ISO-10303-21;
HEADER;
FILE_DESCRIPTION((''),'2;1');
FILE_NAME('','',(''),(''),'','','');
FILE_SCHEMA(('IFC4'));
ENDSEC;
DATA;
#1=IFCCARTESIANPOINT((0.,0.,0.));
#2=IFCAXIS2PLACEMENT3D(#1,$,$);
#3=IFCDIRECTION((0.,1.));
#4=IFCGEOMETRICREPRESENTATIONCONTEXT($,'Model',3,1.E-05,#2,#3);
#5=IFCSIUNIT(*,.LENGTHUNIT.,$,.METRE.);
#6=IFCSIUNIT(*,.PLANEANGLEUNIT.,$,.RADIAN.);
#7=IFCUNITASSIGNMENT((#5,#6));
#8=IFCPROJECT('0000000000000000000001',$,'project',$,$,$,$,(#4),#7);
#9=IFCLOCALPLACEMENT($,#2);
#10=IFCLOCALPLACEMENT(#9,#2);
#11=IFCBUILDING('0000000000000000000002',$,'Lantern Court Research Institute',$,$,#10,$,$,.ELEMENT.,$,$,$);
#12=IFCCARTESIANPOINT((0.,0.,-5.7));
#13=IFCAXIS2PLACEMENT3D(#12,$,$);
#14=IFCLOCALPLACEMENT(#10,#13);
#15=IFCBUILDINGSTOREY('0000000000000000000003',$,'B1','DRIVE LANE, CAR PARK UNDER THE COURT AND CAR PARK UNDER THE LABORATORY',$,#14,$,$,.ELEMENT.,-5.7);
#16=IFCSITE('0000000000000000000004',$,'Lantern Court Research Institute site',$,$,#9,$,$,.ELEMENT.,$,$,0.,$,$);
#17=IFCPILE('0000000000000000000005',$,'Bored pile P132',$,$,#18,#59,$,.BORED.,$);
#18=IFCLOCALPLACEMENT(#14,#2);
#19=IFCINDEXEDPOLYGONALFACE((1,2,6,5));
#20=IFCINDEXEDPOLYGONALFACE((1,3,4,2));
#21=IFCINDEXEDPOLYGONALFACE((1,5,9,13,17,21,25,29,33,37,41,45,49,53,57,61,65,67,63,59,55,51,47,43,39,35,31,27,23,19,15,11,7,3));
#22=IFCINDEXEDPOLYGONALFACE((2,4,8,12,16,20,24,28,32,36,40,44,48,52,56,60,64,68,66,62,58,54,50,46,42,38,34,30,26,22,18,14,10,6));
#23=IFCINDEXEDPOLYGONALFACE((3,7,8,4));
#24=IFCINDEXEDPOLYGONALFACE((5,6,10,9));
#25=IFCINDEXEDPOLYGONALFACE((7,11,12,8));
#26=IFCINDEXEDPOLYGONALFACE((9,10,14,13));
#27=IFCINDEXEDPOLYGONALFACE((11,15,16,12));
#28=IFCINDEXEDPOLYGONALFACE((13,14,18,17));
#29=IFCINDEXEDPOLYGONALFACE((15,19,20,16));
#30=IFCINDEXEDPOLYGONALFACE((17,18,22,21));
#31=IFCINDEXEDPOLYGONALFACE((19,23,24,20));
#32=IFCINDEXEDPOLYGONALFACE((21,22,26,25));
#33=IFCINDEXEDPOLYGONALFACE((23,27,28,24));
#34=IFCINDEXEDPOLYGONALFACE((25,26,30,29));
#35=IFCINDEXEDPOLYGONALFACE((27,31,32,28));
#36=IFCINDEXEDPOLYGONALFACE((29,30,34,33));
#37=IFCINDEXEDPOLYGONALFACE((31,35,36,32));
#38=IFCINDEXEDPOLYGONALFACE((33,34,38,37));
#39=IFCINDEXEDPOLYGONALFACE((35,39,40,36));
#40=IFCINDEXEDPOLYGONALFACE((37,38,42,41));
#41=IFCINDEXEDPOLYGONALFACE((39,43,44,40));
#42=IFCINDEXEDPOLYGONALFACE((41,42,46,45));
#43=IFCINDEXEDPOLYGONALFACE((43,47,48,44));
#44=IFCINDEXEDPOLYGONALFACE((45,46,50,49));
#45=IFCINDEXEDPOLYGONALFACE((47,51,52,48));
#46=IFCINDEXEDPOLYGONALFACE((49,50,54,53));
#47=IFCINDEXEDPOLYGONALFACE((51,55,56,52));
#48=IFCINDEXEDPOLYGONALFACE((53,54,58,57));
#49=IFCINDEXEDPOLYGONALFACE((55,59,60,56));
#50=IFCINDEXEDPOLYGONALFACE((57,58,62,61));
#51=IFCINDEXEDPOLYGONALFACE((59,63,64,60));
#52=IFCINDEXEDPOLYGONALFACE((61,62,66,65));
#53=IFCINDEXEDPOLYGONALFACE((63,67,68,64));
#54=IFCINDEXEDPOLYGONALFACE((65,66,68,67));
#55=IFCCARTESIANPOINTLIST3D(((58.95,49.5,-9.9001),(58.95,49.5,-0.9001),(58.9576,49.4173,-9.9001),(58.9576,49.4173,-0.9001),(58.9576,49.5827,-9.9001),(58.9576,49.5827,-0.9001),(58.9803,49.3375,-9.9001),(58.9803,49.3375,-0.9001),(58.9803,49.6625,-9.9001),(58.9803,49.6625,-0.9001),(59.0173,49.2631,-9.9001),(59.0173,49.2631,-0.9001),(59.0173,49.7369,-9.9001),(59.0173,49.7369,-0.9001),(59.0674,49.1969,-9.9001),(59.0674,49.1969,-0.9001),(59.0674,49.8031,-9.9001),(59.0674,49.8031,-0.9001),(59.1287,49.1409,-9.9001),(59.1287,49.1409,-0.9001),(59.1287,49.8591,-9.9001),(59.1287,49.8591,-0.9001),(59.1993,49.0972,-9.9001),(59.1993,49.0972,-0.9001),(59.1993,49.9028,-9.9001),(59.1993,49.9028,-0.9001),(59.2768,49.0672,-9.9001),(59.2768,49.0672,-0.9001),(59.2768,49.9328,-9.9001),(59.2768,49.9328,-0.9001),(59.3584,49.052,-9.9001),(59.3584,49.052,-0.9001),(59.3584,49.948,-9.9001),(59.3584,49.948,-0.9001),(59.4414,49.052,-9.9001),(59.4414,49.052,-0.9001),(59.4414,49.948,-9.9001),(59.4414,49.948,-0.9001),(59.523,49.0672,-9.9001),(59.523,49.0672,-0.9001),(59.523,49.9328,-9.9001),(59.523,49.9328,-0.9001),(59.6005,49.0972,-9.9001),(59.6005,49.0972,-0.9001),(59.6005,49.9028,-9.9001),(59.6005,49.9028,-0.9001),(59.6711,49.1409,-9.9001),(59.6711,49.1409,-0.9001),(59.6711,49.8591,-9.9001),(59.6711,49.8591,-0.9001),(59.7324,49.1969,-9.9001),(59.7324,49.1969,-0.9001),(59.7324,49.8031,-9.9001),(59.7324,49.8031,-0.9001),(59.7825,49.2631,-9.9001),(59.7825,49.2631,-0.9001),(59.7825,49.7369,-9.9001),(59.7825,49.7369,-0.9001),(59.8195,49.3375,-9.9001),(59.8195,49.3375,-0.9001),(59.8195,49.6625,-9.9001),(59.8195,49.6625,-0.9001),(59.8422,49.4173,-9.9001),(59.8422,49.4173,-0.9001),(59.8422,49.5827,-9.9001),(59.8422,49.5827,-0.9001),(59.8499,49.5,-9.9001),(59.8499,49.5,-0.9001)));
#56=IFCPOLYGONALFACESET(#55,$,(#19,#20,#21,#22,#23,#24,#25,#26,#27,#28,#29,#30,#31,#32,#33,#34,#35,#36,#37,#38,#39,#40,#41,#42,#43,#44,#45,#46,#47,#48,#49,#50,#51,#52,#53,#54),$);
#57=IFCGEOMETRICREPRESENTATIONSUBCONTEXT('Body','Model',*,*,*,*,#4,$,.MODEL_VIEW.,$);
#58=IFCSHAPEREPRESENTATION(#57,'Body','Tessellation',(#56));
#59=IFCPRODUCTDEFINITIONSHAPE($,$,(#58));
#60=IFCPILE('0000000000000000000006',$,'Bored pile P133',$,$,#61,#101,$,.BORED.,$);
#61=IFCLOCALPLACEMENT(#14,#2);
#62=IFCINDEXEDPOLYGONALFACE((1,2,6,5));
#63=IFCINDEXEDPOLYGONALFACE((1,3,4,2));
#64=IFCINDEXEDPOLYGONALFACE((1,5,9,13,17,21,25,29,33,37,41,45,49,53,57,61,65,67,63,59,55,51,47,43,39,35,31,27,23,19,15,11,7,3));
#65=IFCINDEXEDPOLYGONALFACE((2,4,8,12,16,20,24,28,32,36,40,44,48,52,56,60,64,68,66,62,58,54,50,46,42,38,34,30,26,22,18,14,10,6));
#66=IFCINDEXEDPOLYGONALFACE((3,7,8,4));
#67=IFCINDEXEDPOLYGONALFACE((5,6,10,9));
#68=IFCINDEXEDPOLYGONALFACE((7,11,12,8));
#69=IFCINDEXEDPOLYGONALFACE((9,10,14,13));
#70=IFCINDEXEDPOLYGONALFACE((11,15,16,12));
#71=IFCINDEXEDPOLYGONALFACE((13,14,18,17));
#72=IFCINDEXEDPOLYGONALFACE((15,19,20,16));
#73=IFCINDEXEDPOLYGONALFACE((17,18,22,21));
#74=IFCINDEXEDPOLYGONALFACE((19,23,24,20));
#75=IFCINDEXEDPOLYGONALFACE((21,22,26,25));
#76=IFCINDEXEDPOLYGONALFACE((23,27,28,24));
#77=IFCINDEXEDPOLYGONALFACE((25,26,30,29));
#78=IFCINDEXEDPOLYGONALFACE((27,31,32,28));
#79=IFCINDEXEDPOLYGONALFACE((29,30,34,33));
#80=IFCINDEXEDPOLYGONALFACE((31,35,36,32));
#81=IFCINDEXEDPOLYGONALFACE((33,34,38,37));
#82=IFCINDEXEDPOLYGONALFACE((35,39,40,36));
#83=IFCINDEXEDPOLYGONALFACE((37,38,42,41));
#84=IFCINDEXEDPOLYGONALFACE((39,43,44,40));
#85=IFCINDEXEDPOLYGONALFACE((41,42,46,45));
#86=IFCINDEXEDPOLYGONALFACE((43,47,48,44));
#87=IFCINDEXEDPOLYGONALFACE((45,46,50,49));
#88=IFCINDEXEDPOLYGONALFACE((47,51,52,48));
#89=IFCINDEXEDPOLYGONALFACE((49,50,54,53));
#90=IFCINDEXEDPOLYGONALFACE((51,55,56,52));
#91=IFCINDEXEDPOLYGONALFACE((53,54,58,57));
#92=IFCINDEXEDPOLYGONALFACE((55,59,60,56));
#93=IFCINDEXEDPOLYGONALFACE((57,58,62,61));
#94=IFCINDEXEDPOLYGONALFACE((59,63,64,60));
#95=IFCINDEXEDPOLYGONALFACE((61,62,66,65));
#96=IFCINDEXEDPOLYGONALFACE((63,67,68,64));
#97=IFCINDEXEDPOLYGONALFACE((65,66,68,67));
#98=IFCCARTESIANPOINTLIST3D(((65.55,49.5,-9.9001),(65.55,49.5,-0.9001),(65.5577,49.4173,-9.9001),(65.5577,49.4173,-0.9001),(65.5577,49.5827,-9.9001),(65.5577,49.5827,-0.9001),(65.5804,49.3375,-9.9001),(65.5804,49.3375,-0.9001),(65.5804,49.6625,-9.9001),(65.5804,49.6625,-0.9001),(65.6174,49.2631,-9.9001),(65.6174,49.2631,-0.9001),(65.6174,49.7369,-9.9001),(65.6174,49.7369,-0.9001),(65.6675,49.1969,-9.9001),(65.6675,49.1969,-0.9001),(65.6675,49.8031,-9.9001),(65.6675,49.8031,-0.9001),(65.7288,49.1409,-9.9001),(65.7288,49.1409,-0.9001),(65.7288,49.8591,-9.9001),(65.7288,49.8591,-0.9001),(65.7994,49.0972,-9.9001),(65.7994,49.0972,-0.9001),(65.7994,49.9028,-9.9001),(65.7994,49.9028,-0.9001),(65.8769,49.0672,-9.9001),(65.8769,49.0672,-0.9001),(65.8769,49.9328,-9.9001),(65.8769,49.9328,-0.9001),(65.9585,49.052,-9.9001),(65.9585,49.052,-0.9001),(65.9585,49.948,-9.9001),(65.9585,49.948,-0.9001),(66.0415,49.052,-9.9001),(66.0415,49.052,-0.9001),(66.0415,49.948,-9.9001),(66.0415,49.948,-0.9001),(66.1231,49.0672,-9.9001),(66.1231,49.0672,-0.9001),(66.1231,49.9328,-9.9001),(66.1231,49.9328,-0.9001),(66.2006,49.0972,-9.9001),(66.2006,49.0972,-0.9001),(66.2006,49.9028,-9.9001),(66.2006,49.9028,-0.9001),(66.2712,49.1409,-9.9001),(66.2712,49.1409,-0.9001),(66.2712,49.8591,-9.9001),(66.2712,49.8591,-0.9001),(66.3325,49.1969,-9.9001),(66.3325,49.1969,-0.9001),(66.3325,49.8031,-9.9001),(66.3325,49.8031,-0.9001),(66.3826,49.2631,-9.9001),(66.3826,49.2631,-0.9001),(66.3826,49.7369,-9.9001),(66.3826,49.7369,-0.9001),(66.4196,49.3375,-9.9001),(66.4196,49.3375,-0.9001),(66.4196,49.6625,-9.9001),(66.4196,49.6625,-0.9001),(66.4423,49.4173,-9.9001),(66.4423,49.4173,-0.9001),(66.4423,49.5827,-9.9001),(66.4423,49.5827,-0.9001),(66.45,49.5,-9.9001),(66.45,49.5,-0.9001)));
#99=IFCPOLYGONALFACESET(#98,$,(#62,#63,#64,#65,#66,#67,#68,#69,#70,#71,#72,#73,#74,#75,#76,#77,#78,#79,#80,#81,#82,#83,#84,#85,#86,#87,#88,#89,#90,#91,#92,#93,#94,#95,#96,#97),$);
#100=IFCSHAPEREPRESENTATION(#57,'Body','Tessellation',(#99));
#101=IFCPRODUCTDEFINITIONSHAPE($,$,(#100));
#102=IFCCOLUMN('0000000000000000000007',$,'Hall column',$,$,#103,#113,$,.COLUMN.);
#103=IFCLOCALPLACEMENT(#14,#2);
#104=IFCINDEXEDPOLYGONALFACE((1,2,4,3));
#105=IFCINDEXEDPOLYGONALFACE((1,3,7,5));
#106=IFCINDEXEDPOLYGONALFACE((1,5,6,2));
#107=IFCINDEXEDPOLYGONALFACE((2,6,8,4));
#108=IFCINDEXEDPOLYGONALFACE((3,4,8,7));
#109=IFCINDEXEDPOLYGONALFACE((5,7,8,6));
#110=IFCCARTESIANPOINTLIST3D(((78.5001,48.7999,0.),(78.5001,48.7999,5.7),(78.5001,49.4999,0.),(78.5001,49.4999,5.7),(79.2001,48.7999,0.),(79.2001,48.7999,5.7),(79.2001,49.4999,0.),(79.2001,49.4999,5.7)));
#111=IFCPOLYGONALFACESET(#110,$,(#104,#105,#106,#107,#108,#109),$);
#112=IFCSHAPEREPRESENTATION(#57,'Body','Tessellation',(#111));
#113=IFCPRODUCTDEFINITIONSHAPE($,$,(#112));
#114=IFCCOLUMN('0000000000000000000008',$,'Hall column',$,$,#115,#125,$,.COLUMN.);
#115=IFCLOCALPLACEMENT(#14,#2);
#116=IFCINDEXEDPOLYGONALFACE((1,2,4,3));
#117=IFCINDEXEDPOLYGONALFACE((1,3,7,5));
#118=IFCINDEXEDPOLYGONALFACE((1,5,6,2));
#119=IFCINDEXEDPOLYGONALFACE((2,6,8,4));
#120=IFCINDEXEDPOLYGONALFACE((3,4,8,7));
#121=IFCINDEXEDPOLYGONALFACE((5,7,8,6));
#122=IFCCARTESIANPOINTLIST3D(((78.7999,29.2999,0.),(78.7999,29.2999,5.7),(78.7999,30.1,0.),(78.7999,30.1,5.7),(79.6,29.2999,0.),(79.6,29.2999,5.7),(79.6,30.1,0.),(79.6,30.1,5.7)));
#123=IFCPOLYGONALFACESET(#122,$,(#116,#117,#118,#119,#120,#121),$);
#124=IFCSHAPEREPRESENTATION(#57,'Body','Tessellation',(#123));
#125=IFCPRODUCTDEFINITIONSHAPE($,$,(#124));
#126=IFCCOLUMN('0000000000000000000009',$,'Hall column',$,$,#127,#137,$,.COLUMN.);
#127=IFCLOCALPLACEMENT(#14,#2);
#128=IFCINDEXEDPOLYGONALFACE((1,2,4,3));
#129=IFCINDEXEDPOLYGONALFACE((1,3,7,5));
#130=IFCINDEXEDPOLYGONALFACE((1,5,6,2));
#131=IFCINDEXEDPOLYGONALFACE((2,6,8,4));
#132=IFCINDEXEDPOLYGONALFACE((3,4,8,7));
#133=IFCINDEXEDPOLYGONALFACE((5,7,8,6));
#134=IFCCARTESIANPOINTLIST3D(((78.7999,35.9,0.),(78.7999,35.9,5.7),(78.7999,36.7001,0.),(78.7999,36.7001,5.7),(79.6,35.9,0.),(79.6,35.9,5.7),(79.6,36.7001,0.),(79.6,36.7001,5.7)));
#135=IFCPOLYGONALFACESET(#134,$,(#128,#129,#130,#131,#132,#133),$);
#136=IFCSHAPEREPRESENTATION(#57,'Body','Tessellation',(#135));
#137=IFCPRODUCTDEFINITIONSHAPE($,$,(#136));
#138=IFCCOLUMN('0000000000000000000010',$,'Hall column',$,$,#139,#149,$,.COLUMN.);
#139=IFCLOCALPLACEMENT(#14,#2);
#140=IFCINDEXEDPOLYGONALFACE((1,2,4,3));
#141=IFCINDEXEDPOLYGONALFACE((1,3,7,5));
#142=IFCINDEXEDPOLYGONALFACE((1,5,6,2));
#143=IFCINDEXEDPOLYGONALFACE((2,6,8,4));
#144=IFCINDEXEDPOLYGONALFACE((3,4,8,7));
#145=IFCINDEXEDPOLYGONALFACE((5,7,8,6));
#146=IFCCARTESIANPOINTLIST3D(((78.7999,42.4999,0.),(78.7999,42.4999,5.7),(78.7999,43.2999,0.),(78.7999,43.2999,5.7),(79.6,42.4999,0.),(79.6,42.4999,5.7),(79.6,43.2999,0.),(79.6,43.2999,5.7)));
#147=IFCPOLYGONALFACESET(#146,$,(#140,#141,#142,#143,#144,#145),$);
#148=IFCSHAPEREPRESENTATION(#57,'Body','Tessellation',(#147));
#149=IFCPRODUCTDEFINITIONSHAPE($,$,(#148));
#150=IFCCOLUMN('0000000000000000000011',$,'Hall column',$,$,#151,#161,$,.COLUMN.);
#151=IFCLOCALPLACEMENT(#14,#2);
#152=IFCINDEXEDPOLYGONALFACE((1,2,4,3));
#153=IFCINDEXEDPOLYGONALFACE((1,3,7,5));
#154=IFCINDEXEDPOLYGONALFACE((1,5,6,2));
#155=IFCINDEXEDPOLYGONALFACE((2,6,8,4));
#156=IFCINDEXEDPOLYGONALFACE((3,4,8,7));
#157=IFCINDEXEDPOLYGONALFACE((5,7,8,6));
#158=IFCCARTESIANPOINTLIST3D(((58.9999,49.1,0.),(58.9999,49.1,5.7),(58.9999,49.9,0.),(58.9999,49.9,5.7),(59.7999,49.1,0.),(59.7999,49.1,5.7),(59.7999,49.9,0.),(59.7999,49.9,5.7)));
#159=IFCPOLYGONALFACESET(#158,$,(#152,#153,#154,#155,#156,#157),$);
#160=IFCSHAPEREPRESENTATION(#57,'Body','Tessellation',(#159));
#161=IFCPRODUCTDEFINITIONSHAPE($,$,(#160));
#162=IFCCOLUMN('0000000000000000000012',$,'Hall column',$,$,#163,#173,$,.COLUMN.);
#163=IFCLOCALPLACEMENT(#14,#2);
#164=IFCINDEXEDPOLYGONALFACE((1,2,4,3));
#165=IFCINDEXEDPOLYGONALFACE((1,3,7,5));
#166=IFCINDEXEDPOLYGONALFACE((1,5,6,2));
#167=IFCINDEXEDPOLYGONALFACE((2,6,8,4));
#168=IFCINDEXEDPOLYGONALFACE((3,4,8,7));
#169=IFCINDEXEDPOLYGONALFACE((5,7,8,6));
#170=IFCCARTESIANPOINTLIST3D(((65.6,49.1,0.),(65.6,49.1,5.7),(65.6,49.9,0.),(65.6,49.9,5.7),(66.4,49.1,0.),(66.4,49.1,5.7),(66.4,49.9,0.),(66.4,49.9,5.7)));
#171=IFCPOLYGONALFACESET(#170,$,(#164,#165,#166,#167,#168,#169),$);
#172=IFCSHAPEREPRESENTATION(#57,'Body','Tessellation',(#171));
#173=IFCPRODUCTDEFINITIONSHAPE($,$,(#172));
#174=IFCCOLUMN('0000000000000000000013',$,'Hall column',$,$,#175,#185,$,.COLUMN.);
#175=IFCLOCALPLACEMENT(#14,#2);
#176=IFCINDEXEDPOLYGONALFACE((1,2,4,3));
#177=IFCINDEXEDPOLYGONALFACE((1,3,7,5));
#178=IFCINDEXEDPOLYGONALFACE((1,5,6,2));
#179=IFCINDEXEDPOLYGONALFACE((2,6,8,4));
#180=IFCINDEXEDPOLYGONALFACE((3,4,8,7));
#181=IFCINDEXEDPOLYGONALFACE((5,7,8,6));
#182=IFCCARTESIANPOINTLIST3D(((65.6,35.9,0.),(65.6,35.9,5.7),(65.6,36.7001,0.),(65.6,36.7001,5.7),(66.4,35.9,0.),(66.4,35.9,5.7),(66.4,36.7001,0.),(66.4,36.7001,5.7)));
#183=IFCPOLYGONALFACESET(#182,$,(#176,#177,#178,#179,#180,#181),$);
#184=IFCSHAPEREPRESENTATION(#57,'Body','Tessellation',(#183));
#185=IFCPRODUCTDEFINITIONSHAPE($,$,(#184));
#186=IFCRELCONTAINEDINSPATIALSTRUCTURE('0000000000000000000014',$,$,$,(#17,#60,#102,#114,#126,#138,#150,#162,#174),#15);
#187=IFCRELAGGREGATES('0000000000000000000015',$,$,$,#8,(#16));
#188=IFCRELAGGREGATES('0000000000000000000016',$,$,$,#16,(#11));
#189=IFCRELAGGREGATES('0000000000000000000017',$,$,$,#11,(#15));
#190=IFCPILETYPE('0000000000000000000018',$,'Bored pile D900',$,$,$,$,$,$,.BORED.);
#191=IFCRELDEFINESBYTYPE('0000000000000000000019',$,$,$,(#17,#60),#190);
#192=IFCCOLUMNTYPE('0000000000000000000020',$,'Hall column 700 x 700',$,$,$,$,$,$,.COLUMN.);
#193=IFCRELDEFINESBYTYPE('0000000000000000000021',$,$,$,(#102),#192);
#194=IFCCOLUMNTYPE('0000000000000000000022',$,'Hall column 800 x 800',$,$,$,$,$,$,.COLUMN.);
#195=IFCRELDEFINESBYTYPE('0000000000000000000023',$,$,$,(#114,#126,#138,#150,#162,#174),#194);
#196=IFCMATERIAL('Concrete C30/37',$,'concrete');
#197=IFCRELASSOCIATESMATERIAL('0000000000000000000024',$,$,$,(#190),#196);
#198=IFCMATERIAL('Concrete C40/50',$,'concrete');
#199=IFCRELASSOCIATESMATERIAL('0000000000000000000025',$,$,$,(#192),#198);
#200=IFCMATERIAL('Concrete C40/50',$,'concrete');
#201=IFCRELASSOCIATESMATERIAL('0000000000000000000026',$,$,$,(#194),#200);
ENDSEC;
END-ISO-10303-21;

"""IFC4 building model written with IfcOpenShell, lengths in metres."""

from ifc_helpers import new_model, si_unit, direction, frame, origin, origin_2d, place, context, subcontext, project, spatial, rectangle, circle, extrude, material, material_profile, profile_set, type_object, element, save


model = new_model("IFC4")

# Units and contexts
model_context = context("Model", 3, precision=1e-05, world=origin(), true_north=direction((0.0, 1.0)))
body_context = subcontext(model_context, "Body", "Model", "MODEL_VIEW")
ifc_project = project(units=[si_unit("LENGTHUNIT", "METRE"), si_unit("PLANEANGLEUNIT", "RADIAN")], contexts=[model_context])

# Site, building, storey
site_placement = place(None, origin())
site = spatial("IfcSite", under=ifc_project, at=site_placement, Name="Lantern Court Research Institute site", CompositionType="ELEMENT", RefElevation=0.0)
building_placement = place(site_placement, origin())
building = spatial("IfcBuilding", under=site, at=building_placement, Name="Lantern Court Research Institute", CompositionType="ELEMENT")
storey_placement = place(building_placement, frame((0.0, 0.0, -5.7)))
storey = spatial("IfcBuildingStorey", under=building, at=storey_placement, Name="B1", Description="DRIVE LANE, CAR PARK UNDER THE COURT AND CAR PARK UNDER THE LABORATORY", CompositionType="ELEMENT", Elevation=-5.7)

# Piles
ifc_material_1 = material(Name="Concrete C30/37", Category="concrete")
ifc_material_profile_1 = material_profile(ifc_material_1, circle(Radius=0.45, at=origin_2d()), Name="Bored pile D900")
ifc_profile_set_1 = profile_set([ifc_material_profile_1], Name="Concrete C30/37")
pile_type_1 = type_object("IfcPileType", Name="Bored pile D900", PredefinedType="BORED", material=ifc_profile_set_1)
for number, where, z_axis, x_axis, name in (
    (1, (59.3999, 49.5, -0.9001), (0.0, 0.0, -1.0), (1.0, 0.0, 0.0), "Bored pile P132"),
    (2, (66.0, 49.5, -0.9001), (0.0, 0.0, -1.0), (1.0, 0.0, 0.0), "Bored pile P133"),
):
    element("IfcPile", number, at=place(storey_placement, frame(where, z_axis=z_axis, x_axis=x_axis)), inside=storey, type_object=pile_type_1, Name=name, PredefinedType="BORED", context=body_context, shape_type="SweptSolid", body=[
        extrude(circle(Radius=0.45, at=origin_2d()), origin(), (0.0, 0.0, 1.0), 9.0),
    ])

# Columns
ifc_material_2 = material(Name="Concrete C40/50", Category="concrete")
ifc_material_profile_2 = material_profile(ifc_material_2, rectangle(XDim=0.7, YDim=0.7, at=origin_2d()), Name="Hall column 700 x 700")
ifc_profile_set_2 = profile_set([ifc_material_profile_2], Name="Concrete C40/50")
column_type_1 = type_object("IfcColumnType", Name="Hall column 700 x 700", PredefinedType="COLUMN", material=ifc_profile_set_2)
column_placement = place(storey_placement, frame((78.8501, 49.1499, 0.0), z_axis=(0.0, 0.0, 1.0), x_axis=(1.0, 0.0, 0.0)))
element("IfcColumn", 3, at=column_placement, inside=storey, type_object=column_type_1, Name="Hall column", PredefinedType="COLUMN", context=body_context, shape_type="SweptSolid", body=[
    extrude(rectangle(XDim=0.7, YDim=0.7, at=origin_2d()), origin(), (0.0, 0.0, 1.0), 5.7),
])
ifc_material_3 = material(Name="Concrete C40/50", Category="concrete")
ifc_material_profile_3 = material_profile(ifc_material_3, rectangle(XDim=0.8, YDim=0.8, at=origin_2d()), Name="Hall column 800 x 800")
ifc_profile_set_3 = profile_set([ifc_material_profile_3], Name="Concrete C40/50")
column_type_2 = type_object("IfcColumnType", Name="Hall column 800 x 800", PredefinedType="COLUMN", material=ifc_profile_set_3)
for number, where, z_axis, x_axis, name in (
    (4, (79.2, 29.7, 0.0), (0.0, 0.0, 1.0), (1.0, 0.0, 0.0), "Hall column"),
    (5, (79.2, 36.3, 0.0), (0.0, 0.0, 1.0), (1.0, 0.0, 0.0), "Hall column"),
    (6, (79.2, 42.8999, 0.0), (0.0, 0.0, 1.0), (1.0, 0.0, 0.0), "Hall column"),
    (7, (59.3999, 49.5, 0.0), (0.0, 0.0, 1.0), (1.0, 0.0, 0.0), "Hall column"),
    (8, (66.0, 49.5, 0.0), (0.0, 0.0, 1.0), (1.0, 0.0, 0.0), "Hall column"),
    (9, (66.0, 36.3, 0.0), (0.0, 0.0, 1.0), (1.0, 0.0, 0.0), "Hall column"),
):
    element("IfcColumn", number, at=place(storey_placement, frame(where, z_axis=z_axis, x_axis=x_axis)), inside=storey, type_object=column_type_2, Name=name, PredefinedType="COLUMN", context=body_context, shape_type="SweptSolid", body=[
        extrude(rectangle(XDim=0.8, YDim=0.8, at=origin_2d()), origin(), (0.0, 0.0, 1.0), 5.7),
    ])

save(model, "model.ifc")
